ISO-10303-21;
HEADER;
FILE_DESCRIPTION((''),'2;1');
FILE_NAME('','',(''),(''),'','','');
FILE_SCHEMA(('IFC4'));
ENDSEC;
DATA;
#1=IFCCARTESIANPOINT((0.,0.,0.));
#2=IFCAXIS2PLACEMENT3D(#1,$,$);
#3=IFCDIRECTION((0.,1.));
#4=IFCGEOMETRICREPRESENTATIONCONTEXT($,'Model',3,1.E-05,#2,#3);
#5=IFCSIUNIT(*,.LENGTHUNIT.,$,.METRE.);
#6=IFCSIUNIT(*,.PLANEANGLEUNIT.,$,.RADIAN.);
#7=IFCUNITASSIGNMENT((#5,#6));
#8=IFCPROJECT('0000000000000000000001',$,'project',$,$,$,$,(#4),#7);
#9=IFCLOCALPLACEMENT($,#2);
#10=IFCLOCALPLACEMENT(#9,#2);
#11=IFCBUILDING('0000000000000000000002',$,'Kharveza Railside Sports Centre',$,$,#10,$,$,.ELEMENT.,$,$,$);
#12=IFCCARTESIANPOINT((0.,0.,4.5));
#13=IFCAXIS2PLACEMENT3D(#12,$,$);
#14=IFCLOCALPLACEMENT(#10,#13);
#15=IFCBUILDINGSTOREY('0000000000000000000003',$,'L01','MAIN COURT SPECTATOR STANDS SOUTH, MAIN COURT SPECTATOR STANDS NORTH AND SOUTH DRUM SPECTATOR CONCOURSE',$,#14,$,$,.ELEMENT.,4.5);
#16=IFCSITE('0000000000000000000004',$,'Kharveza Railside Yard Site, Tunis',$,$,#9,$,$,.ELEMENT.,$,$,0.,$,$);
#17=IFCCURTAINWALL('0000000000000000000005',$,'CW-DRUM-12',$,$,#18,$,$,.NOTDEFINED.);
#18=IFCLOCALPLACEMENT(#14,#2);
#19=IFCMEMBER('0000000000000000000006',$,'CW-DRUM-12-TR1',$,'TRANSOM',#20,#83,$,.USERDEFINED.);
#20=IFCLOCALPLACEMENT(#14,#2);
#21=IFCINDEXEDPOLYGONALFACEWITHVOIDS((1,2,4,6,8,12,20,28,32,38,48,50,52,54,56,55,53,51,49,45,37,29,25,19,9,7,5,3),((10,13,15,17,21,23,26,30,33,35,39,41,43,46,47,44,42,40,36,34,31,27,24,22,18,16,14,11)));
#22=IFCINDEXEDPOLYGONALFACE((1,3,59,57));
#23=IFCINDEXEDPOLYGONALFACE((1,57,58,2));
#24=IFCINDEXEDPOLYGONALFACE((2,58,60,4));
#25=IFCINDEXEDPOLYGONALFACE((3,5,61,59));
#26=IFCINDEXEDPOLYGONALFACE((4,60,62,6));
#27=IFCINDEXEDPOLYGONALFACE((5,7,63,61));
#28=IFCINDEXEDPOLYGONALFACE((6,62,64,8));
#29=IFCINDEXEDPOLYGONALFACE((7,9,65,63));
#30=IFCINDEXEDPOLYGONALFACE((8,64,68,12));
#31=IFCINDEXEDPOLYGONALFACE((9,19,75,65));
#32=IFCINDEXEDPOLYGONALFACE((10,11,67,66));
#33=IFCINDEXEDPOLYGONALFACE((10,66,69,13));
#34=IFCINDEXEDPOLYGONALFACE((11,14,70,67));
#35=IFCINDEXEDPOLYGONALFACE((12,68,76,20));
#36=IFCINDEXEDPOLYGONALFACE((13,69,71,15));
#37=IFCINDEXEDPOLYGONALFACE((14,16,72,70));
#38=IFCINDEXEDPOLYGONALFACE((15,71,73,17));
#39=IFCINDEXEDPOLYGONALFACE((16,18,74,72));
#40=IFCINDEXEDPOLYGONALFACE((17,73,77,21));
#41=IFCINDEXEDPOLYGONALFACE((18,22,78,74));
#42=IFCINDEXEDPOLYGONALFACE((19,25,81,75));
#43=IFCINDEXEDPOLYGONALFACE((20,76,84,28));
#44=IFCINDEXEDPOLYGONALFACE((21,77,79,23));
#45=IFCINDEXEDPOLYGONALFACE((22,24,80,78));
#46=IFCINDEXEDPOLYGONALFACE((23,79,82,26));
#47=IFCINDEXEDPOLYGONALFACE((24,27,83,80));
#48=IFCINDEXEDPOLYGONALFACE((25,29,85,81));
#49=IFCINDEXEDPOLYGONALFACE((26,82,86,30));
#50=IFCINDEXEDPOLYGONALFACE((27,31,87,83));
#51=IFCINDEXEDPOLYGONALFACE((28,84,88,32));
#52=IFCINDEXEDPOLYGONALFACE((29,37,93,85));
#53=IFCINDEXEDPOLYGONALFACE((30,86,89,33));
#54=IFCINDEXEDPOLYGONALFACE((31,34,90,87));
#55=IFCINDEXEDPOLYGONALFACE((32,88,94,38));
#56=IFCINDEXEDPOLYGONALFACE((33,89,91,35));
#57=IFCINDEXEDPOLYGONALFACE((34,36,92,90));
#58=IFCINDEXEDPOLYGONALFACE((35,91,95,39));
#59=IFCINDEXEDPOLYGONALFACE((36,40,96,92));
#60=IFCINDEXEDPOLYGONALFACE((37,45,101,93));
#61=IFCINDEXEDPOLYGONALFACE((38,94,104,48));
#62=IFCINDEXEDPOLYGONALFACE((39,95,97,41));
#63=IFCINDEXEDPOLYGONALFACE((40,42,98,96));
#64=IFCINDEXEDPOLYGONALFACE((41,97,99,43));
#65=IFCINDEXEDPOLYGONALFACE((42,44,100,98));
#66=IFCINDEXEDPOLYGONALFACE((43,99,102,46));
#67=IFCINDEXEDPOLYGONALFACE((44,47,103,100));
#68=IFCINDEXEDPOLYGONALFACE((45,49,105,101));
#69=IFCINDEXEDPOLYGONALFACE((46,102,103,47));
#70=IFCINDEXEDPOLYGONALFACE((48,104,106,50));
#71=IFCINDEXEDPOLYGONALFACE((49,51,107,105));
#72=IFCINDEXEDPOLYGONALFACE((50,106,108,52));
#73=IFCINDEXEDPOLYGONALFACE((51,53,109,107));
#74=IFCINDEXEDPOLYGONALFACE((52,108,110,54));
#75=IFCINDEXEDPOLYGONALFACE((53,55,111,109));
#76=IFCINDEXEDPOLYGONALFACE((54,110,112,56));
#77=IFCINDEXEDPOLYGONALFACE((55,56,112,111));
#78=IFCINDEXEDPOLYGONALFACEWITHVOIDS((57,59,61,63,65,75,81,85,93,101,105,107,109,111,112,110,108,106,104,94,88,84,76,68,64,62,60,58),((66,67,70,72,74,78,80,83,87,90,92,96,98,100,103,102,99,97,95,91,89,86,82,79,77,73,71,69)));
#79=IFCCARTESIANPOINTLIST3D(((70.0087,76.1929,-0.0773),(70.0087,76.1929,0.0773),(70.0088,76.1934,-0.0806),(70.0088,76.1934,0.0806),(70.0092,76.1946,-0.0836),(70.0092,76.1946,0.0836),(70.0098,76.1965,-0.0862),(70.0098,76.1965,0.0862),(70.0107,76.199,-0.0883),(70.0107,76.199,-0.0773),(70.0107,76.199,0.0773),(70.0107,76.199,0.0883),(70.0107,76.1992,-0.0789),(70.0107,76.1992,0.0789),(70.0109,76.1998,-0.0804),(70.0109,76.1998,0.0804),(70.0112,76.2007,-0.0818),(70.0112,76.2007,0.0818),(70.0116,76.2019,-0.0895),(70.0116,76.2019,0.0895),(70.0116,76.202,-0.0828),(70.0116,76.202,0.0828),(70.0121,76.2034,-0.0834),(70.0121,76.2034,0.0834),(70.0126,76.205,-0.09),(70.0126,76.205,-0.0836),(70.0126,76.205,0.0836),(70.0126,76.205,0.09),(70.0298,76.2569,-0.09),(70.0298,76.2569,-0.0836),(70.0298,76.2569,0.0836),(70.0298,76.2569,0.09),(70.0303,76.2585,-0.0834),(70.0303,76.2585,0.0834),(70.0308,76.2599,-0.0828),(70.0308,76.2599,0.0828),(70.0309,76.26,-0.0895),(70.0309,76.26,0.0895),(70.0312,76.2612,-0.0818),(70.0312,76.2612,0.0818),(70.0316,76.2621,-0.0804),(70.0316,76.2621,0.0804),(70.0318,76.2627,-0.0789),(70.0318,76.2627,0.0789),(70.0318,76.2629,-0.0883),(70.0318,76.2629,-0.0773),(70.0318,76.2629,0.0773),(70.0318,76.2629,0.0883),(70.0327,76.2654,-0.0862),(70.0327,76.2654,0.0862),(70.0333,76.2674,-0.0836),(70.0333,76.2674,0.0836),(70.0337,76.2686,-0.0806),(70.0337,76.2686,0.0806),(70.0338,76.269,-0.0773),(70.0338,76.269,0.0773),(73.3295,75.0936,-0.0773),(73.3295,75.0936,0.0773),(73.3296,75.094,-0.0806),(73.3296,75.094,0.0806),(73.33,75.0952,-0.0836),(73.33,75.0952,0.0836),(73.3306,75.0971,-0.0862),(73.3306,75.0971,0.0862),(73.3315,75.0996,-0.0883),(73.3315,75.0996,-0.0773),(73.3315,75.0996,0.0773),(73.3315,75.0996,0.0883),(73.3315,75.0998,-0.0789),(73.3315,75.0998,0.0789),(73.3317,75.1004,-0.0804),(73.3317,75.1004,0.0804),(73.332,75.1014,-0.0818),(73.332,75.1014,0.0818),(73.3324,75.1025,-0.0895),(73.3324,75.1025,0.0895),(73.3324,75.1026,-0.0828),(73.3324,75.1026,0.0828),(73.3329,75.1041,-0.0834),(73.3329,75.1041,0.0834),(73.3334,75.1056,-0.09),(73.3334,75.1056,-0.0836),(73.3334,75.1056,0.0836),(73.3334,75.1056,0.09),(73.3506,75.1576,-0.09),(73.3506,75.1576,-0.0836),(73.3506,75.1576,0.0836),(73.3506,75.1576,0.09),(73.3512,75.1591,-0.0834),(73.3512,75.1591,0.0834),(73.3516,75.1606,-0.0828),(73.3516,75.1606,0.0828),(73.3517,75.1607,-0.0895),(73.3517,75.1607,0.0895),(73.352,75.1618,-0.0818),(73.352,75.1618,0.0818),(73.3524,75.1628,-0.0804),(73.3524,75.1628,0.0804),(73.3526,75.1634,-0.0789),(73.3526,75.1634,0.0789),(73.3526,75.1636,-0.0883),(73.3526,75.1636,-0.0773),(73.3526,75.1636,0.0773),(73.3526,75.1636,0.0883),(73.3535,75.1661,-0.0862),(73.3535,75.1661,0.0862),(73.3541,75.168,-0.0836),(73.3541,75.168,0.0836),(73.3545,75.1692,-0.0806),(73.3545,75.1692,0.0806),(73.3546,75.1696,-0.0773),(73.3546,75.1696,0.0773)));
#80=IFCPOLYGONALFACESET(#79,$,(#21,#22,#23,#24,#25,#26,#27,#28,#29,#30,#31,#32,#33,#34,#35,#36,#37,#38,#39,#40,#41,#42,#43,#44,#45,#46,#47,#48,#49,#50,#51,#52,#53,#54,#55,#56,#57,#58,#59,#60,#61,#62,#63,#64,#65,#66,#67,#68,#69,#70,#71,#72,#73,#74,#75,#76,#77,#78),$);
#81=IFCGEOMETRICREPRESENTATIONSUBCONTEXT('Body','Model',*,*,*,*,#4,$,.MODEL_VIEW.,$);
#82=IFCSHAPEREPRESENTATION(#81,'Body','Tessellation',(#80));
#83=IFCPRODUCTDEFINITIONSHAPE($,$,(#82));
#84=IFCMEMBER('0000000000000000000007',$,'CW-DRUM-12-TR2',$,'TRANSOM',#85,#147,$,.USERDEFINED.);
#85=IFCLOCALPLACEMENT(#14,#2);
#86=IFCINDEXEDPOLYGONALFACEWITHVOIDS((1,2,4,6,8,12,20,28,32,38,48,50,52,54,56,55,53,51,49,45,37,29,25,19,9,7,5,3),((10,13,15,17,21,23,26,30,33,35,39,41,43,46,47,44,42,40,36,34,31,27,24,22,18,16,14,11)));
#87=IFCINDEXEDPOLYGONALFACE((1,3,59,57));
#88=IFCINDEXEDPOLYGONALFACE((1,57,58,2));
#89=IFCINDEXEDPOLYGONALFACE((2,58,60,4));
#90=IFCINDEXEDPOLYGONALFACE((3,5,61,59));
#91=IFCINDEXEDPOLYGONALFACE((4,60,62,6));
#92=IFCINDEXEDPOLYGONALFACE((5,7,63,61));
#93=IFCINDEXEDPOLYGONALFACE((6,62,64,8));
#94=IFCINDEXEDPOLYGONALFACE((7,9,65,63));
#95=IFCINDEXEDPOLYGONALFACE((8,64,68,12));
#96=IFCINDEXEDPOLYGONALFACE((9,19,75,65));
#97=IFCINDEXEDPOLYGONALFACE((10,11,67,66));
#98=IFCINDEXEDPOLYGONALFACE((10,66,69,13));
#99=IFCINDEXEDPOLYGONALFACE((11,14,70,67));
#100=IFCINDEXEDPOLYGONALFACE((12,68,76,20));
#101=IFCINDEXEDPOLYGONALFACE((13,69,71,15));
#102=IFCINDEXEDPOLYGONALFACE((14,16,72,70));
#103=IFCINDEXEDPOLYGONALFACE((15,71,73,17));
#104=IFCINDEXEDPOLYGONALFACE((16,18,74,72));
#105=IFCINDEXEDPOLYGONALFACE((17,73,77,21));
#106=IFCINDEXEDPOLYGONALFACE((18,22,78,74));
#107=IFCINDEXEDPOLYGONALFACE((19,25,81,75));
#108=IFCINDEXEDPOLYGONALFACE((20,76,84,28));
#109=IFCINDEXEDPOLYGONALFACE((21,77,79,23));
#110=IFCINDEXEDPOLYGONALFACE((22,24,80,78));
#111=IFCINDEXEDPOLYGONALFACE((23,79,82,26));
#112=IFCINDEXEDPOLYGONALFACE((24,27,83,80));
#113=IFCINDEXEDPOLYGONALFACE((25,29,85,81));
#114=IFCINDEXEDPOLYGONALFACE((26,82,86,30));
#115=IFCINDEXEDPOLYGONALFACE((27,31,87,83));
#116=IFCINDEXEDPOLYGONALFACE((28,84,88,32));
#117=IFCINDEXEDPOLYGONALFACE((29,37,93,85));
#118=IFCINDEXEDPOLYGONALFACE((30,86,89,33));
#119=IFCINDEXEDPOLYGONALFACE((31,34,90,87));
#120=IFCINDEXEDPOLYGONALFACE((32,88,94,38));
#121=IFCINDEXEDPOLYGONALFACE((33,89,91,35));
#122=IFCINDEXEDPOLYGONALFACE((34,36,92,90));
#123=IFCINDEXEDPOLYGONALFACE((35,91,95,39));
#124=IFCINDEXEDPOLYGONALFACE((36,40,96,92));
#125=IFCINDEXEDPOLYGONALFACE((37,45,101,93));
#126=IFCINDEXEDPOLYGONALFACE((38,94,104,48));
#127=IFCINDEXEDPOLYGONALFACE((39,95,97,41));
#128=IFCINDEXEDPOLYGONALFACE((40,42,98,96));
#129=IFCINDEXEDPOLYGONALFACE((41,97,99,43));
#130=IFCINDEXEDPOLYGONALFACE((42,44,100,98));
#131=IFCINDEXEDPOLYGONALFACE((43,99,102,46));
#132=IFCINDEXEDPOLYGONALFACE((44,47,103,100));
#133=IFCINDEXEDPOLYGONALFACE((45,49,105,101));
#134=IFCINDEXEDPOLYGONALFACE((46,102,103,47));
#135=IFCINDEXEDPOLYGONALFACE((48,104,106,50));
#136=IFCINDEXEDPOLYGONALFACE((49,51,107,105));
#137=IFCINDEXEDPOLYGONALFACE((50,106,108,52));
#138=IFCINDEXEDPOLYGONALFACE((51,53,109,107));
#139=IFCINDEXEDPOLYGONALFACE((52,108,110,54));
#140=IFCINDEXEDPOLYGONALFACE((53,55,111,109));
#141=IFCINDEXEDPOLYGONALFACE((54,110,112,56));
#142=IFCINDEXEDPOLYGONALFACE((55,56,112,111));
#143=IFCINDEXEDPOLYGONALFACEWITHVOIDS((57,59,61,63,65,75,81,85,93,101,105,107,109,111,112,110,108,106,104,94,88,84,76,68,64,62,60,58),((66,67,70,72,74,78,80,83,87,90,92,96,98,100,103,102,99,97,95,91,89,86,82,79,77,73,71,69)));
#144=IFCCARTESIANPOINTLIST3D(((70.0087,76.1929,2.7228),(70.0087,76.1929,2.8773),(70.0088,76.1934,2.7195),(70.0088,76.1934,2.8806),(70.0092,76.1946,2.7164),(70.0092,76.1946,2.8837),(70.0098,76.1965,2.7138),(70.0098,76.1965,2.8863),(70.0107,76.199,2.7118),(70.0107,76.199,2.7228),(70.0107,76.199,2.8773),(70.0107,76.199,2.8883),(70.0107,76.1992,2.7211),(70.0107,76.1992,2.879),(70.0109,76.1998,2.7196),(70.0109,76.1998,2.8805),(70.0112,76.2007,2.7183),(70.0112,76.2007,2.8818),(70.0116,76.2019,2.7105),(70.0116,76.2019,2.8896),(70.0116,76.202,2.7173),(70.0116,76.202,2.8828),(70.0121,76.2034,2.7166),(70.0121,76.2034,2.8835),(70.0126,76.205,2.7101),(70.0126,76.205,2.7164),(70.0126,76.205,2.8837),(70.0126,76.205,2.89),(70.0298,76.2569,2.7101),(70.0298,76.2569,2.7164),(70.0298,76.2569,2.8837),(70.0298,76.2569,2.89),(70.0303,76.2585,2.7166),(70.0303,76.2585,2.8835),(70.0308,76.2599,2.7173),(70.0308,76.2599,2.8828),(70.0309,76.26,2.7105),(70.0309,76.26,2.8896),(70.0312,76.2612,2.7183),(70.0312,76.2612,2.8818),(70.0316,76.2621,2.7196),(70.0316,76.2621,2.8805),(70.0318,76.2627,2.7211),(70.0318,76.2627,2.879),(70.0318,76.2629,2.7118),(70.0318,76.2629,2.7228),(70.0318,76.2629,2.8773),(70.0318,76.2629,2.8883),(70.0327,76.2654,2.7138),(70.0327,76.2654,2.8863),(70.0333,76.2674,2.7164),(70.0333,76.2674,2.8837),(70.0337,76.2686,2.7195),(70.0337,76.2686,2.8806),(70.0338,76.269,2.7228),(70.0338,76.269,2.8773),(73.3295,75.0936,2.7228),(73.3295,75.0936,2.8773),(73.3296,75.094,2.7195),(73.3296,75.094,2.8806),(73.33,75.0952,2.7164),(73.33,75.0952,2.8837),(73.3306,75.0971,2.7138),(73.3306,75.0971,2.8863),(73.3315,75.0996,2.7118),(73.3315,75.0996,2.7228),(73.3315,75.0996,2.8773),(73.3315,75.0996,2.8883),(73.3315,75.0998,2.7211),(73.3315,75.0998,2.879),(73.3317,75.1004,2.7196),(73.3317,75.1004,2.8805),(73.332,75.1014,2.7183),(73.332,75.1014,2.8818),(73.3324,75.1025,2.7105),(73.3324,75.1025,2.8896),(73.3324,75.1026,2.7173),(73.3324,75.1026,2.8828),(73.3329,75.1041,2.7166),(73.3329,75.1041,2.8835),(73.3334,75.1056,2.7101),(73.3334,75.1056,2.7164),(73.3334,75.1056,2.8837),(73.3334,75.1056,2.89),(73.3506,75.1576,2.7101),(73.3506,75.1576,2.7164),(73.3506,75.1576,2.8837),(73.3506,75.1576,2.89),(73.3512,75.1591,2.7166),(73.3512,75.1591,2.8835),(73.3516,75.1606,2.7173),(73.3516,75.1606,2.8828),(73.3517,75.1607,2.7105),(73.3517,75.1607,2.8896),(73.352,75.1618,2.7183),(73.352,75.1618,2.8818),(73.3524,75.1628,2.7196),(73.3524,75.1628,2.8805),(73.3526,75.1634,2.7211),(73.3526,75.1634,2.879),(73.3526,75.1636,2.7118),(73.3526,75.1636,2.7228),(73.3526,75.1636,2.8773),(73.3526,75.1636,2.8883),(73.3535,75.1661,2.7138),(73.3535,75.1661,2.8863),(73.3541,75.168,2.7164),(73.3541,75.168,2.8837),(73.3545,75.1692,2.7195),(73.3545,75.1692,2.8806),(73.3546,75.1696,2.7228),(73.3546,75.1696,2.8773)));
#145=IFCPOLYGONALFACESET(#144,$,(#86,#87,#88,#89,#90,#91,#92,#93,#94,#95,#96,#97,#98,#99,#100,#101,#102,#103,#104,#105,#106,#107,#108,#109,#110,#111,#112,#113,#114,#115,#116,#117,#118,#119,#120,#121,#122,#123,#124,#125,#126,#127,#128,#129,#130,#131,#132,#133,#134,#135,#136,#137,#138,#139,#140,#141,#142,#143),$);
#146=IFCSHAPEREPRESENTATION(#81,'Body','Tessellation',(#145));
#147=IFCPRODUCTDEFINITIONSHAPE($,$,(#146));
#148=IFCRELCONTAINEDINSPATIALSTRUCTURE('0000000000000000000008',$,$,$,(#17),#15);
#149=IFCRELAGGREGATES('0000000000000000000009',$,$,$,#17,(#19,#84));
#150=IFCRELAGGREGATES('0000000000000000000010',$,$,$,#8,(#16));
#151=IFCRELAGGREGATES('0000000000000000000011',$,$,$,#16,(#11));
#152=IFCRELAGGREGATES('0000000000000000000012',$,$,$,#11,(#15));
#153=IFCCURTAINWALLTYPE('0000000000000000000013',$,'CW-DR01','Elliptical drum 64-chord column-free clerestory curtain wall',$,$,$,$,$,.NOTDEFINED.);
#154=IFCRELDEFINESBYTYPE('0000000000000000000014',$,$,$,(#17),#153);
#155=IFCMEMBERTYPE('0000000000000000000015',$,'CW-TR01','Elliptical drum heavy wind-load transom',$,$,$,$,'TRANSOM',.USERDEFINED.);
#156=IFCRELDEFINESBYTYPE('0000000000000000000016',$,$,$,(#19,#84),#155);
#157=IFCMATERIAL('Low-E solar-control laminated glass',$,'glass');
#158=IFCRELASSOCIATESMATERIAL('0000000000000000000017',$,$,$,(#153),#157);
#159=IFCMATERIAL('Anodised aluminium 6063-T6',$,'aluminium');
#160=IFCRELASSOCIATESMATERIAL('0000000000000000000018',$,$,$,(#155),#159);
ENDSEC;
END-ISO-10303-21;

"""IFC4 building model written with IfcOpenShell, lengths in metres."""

from ifc_helpers import new_model, si_unit, direction, frame, origin, origin_2d, place, context, subcontext, project, spatial, hollow_rectangle, extrude, material, material_profile, profile_set, type_object, element, aggregate, save


model = new_model("IFC4")

# Units and contexts
model_context = context("Model", 3, precision=1e-05, world=origin(), true_north=direction((0.0, 1.0)))
body_context = subcontext(model_context, "Body", "Model", "MODEL_VIEW")
ifc_project = project(units=[si_unit("LENGTHUNIT", "METRE"), si_unit("PLANEANGLEUNIT", "RADIAN")], contexts=[model_context])

# Site, building, storey
site_placement = place(None, origin())
site = spatial("IfcSite", under=ifc_project, at=site_placement, Name="Kharveza Railside Yard Site, Tunis", CompositionType="ELEMENT", RefElevation=0.0)
building_placement = place(site_placement, origin())
building = spatial("IfcBuilding", under=site, at=building_placement, Name="Kharveza Railside Sports Centre", CompositionType="ELEMENT")
storey_placement = place(building_placement, frame((0.0, 0.0, 4.5)))
storey = spatial("IfcBuildingStorey", under=building, at=storey_placement, Name="L01", Description="MAIN COURT SPECTATOR STANDS SOUTH, MAIN COURT SPECTATOR STANDS NORTH AND SOUTH DRUM SPECTATOR CONCOURSE", CompositionType="ELEMENT", Elevation=4.5)

# Curtain wall
ifc_material_1 = material(Name="Low-E solar-control laminated glass", Category="glass")
curtain_wall_type = type_object("IfcCurtainWallType", Name="CW-DR01", Description="Elliptical drum 64-chord column-free clerestory curtain wall", PredefinedType="NOTDEFINED", material=ifc_material_1)
ifc_material_2 = material(Name="Anodised aluminium 6063-T6", Category="aluminium")
curtain_wall_1_placement = place(storey_placement, origin())
curtain_wall_1 = element("IfcCurtainWall", 1, at=curtain_wall_1_placement, inside=storey, type_object=curtain_wall_type, Name="CW-DRUM-12", PredefinedType="NOTDEFINED")

# Members
ifc_material_profile_1 = material_profile(ifc_material_2, hollow_rectangle(XDim=0.0801, YDim=0.1799, WallThickness=0.0063, InnerFilletRadius=0.0063, OuterFilletRadius=0.0127, at=origin_2d()), Name="RHS 80x180x6.3")
ifc_profile_set_1 = profile_set([ifc_material_profile_1], Name="Anodised aluminium 6063-T6")
member_type_1 = type_object("IfcMemberType", Name="CW-TR01", Description="Elliptical drum heavy wind-load transom", ElementType="TRANSOM", PredefinedType="USERDEFINED", material=ifc_profile_set_1)
member_1_placement = place(storey_placement, frame((73.342, 75.1316, 0.0), z_axis=(-0.94933, 0.31428, 0.0), x_axis=(-0.31428, -0.94933, 0.0)))
member_1 = element("IfcMember", 2, at=member_1_placement, type_object=member_type_1, Name="CW-DRUM-12-TR1", ObjectType="TRANSOM", PredefinedType="USERDEFINED", context=body_context, shape_type="SweptSolid", body=[
    extrude(hollow_rectangle(XDim=0.0801, YDim=0.1799, WallThickness=0.0063, InnerFilletRadius=0.0063, OuterFilletRadius=0.0127, at=origin_2d()), origin(), (0.0, 0.0, 1.0), 3.498),
])
member_2_placement = place(storey_placement, frame((73.342, 75.1316, 2.8), z_axis=(-0.94933, 0.31428, 0.0), x_axis=(-0.31428, -0.94933, 0.0)))
member_2 = element("IfcMember", 3, at=member_2_placement, type_object=member_type_1, Name="CW-DRUM-12-TR2", ObjectType="TRANSOM", PredefinedType="USERDEFINED", context=body_context, shape_type="SweptSolid", body=[
    extrude(hollow_rectangle(XDim=0.0801, YDim=0.1799, WallThickness=0.0063, InnerFilletRadius=0.0063, OuterFilletRadius=0.0127, at=origin_2d()), origin(), (0.0, 0.0, 1.0), 3.498),
])

aggregate(curtain_wall_1, [member_1, member_2])

save(model, "model.ifc")
